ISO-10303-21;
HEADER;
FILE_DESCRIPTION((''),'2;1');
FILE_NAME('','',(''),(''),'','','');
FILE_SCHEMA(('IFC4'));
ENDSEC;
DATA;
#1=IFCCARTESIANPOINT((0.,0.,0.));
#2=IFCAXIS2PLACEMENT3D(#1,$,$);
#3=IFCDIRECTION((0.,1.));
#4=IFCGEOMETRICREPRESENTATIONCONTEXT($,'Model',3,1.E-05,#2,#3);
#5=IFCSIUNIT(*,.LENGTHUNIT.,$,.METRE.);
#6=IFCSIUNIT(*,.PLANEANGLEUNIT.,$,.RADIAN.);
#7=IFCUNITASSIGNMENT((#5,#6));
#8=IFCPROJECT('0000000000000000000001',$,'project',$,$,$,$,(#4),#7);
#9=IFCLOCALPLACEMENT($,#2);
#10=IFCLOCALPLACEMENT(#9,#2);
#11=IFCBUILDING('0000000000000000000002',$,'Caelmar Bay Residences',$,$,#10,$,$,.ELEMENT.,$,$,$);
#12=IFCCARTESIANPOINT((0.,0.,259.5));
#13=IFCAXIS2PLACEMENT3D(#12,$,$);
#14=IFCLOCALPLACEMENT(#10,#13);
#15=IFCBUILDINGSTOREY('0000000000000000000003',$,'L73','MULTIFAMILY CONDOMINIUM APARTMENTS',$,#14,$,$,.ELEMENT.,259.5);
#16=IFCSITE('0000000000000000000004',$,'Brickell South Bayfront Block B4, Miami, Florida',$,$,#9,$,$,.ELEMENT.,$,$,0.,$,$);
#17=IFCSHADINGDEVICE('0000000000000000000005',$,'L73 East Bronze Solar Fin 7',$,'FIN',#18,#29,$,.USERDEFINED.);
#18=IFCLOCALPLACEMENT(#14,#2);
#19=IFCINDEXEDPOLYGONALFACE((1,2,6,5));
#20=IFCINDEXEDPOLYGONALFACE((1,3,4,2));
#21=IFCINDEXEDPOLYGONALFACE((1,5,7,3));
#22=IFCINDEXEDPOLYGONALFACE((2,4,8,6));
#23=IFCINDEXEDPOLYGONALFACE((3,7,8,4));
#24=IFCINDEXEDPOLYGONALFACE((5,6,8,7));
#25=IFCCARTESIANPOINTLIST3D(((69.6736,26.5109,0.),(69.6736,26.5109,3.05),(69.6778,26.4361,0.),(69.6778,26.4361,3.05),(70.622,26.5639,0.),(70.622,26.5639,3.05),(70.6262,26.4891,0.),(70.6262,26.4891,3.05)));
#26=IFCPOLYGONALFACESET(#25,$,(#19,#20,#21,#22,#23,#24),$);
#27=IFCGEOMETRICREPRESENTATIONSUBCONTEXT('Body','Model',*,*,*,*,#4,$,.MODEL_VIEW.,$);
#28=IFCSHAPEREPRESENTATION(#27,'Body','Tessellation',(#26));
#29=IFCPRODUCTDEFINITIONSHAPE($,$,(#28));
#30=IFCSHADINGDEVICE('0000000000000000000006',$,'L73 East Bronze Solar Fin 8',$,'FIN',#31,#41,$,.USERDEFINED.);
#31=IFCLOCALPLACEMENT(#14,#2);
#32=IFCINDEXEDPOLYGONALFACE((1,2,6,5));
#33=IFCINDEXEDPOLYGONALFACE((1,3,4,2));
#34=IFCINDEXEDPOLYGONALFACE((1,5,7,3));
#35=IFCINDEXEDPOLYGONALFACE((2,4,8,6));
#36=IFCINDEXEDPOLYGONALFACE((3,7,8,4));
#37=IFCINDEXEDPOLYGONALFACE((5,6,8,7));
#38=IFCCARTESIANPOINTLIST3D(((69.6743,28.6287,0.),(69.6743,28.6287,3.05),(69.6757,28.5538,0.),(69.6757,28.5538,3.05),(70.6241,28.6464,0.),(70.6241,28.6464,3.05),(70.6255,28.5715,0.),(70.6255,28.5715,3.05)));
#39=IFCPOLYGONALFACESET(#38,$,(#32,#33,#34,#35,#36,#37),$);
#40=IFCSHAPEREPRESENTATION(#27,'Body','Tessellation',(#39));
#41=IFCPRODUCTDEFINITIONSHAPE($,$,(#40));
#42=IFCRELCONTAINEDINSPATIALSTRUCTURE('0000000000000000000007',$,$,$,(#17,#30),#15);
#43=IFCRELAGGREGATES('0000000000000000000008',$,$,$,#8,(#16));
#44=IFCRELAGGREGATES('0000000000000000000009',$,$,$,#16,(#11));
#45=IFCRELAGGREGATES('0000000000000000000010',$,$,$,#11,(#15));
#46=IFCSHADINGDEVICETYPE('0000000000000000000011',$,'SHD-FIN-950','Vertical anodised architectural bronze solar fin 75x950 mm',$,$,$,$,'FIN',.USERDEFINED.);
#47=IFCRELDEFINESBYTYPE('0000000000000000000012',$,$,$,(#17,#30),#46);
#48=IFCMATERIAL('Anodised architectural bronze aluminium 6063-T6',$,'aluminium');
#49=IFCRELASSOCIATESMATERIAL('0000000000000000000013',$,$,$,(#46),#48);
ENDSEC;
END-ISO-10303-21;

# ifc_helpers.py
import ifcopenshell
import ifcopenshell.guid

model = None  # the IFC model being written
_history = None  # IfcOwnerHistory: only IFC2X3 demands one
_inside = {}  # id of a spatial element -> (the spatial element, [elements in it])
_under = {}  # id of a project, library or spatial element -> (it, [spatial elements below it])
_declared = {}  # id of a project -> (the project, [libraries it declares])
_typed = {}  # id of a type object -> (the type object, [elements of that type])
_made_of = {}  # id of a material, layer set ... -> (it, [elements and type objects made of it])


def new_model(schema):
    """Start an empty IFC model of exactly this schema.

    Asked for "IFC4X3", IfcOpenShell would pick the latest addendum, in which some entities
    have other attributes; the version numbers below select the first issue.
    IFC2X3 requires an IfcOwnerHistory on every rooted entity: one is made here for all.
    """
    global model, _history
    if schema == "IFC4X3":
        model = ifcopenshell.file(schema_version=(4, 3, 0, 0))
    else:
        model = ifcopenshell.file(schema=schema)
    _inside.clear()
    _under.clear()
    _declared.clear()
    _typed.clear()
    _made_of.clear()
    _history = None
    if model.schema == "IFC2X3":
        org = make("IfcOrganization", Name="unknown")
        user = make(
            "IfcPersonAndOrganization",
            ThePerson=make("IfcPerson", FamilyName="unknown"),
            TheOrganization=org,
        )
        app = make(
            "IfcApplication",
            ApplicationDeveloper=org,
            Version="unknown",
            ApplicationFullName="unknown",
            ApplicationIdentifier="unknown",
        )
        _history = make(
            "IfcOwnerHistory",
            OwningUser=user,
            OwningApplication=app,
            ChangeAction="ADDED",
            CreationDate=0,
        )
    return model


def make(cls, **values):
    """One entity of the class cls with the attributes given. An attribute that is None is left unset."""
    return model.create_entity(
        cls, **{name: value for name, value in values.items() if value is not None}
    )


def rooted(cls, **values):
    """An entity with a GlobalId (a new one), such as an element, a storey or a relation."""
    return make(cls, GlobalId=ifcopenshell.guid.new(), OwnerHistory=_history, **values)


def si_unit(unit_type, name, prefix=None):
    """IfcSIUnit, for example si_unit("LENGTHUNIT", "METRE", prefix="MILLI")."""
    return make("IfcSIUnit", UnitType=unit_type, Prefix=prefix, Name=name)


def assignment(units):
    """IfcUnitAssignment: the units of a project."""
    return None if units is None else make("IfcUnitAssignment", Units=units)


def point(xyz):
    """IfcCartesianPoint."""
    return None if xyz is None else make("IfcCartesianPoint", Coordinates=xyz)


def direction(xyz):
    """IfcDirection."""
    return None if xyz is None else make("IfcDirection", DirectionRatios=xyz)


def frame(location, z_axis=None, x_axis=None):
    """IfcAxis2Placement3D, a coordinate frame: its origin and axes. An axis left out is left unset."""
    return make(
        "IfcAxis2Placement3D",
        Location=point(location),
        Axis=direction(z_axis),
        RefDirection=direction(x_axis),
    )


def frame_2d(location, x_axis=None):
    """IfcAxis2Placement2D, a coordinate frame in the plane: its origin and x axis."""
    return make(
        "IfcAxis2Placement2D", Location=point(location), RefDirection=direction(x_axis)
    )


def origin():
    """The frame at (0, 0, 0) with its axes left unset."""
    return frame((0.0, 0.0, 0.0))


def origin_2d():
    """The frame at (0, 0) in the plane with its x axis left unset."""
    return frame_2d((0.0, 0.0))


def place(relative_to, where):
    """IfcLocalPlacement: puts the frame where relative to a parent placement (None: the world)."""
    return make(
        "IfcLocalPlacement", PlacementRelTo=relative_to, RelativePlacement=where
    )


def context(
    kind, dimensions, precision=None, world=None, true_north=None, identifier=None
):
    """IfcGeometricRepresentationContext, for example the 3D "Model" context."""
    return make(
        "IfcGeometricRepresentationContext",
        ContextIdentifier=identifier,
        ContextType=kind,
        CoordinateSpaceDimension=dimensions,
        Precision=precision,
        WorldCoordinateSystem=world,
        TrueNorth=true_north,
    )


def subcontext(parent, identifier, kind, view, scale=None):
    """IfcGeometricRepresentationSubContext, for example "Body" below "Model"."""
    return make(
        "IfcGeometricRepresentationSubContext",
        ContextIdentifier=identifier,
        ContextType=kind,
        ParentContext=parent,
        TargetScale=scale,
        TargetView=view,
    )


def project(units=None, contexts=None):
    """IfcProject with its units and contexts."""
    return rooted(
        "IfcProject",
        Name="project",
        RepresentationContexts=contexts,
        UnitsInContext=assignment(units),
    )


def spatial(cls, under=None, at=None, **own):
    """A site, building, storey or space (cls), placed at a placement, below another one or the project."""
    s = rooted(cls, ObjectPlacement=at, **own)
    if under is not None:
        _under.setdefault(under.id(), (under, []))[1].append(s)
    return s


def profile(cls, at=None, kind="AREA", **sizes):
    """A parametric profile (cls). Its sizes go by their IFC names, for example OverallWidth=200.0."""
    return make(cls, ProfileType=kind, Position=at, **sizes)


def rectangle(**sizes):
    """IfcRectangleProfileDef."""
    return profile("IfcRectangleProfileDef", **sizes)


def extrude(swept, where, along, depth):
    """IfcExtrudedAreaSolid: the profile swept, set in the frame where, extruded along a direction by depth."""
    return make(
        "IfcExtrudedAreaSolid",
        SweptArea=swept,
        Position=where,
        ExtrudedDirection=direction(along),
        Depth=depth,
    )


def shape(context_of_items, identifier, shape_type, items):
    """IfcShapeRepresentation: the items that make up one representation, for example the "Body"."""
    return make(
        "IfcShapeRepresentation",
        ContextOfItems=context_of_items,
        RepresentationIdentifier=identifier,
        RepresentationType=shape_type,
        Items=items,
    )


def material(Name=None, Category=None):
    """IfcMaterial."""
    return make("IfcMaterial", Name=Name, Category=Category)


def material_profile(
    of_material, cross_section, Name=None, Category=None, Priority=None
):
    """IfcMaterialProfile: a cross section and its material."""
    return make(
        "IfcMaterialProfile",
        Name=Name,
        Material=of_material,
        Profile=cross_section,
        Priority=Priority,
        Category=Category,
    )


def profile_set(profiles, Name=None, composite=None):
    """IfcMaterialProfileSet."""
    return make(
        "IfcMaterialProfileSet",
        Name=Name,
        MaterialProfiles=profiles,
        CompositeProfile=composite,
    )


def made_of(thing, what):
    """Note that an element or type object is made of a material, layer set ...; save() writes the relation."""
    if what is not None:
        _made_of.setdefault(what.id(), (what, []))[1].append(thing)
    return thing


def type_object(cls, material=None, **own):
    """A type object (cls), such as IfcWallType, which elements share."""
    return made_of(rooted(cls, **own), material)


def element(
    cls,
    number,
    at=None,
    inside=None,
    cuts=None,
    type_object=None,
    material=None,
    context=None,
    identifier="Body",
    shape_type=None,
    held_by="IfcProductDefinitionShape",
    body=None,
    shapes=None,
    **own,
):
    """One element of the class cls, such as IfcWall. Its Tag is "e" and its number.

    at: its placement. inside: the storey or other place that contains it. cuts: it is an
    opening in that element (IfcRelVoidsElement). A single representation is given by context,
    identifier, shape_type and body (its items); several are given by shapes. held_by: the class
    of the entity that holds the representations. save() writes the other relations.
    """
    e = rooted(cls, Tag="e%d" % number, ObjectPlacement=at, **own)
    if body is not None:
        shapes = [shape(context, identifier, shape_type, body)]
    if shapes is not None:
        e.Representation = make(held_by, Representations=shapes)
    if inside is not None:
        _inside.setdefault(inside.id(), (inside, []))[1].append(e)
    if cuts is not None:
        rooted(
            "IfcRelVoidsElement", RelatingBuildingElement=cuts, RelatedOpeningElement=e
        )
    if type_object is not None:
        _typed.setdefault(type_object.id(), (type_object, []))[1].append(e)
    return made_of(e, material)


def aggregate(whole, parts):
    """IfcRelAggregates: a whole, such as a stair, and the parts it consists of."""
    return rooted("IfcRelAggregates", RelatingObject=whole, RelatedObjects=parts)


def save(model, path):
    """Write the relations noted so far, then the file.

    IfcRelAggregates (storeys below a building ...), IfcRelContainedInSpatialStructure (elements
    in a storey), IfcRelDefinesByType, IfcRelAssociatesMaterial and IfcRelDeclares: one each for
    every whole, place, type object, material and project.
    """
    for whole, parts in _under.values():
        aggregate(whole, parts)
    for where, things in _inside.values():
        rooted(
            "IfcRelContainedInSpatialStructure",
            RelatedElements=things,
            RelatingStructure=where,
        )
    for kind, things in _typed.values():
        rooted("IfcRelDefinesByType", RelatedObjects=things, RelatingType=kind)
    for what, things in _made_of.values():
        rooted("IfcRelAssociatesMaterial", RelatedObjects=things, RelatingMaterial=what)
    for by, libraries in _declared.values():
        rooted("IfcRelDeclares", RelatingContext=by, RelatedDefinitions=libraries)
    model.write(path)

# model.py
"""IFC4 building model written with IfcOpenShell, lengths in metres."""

from ifc_helpers import new_model, si_unit, direction, frame, origin, origin_2d, place, context, subcontext, project, spatial, rectangle, extrude, material, material_profile, profile_set, type_object, element, save


model = new_model("IFC4")

# Units and contexts
model_context = context("Model", 3, precision=1e-05, world=origin(), true_north=direction((0.0, 1.0)))
body_context = subcontext(model_context, "Body", "Model", "MODEL_VIEW")
ifc_project = project(units=[si_unit("LENGTHUNIT", "METRE"), si_unit("PLANEANGLEUNIT", "RADIAN")], contexts=[model_context])

# Site, building, storey
site_placement = place(None, origin())
site = spatial("IfcSite", under=ifc_project, at=site_placement, Name="Brickell South Bayfront Block B4, Miami, Florida", CompositionType="ELEMENT", RefElevation=0.0)
building_placement = place(site_placement, origin())
building = spatial("IfcBuilding", under=site, at=building_placement, Name="Caelmar Bay Residences", CompositionType="ELEMENT")
storey_placement = place(building_placement, frame((0.0, 0.0, 259.5)))
storey = spatial("IfcBuildingStorey", under=building, at=storey_placement, Name="L73", Description="MULTIFAMILY CONDOMINIUM APARTMENTS", CompositionType="ELEMENT", Elevation=259.5)

# Shading devices
ifc_material_1 = material(Name="Anodised architectural bronze aluminium 6063-T6", Category="aluminium")
ifc_material_profile_1 = material_profile(ifc_material_1, rectangle(XDim=0.075, YDim=0.95, at=origin_2d()), Name="BRONZE-FIN-75X950")
ifc_profile_set_1 = profile_set([ifc_material_profile_1], Name="Anodised architectural bronze aluminium 6063-T6")
shading_device_type = type_object("IfcShadingDeviceType", Name="SHD-FIN-950", Description="Vertical anodised architectural bronze solar fin 75x950 mm", ElementType="FIN", PredefinedType="USERDEFINED", material=ifc_profile_set_1)
for number, where, z_axis, x_axis, name in (
    (1, (70.1499, 26.5, 0.0), (0.0, 0.0, 1.0), (-0.055822, 0.998441, 0.0), "L73 East Bronze Solar Fin 7"),
    (2, (70.1499, 28.6001, 0.0), (0.0, 0.0, 1.0), (-0.018674, 0.999826, 0.0), "L73 East Bronze Solar Fin 8"),
):
    element("IfcShadingDevice", number, at=place(storey_placement, frame(where, z_axis=z_axis, x_axis=x_axis)), inside=storey, type_object=shading_device_type, Name=name, ObjectType="FIN", PredefinedType="USERDEFINED", context=body_context, shape_type="SweptSolid", body=[
        extrude(rectangle(XDim=0.075, YDim=0.95, at=origin_2d()), origin(), (0.0, 0.0, 1.0), 3.05),
    ])

save(model, "model.ifc")
